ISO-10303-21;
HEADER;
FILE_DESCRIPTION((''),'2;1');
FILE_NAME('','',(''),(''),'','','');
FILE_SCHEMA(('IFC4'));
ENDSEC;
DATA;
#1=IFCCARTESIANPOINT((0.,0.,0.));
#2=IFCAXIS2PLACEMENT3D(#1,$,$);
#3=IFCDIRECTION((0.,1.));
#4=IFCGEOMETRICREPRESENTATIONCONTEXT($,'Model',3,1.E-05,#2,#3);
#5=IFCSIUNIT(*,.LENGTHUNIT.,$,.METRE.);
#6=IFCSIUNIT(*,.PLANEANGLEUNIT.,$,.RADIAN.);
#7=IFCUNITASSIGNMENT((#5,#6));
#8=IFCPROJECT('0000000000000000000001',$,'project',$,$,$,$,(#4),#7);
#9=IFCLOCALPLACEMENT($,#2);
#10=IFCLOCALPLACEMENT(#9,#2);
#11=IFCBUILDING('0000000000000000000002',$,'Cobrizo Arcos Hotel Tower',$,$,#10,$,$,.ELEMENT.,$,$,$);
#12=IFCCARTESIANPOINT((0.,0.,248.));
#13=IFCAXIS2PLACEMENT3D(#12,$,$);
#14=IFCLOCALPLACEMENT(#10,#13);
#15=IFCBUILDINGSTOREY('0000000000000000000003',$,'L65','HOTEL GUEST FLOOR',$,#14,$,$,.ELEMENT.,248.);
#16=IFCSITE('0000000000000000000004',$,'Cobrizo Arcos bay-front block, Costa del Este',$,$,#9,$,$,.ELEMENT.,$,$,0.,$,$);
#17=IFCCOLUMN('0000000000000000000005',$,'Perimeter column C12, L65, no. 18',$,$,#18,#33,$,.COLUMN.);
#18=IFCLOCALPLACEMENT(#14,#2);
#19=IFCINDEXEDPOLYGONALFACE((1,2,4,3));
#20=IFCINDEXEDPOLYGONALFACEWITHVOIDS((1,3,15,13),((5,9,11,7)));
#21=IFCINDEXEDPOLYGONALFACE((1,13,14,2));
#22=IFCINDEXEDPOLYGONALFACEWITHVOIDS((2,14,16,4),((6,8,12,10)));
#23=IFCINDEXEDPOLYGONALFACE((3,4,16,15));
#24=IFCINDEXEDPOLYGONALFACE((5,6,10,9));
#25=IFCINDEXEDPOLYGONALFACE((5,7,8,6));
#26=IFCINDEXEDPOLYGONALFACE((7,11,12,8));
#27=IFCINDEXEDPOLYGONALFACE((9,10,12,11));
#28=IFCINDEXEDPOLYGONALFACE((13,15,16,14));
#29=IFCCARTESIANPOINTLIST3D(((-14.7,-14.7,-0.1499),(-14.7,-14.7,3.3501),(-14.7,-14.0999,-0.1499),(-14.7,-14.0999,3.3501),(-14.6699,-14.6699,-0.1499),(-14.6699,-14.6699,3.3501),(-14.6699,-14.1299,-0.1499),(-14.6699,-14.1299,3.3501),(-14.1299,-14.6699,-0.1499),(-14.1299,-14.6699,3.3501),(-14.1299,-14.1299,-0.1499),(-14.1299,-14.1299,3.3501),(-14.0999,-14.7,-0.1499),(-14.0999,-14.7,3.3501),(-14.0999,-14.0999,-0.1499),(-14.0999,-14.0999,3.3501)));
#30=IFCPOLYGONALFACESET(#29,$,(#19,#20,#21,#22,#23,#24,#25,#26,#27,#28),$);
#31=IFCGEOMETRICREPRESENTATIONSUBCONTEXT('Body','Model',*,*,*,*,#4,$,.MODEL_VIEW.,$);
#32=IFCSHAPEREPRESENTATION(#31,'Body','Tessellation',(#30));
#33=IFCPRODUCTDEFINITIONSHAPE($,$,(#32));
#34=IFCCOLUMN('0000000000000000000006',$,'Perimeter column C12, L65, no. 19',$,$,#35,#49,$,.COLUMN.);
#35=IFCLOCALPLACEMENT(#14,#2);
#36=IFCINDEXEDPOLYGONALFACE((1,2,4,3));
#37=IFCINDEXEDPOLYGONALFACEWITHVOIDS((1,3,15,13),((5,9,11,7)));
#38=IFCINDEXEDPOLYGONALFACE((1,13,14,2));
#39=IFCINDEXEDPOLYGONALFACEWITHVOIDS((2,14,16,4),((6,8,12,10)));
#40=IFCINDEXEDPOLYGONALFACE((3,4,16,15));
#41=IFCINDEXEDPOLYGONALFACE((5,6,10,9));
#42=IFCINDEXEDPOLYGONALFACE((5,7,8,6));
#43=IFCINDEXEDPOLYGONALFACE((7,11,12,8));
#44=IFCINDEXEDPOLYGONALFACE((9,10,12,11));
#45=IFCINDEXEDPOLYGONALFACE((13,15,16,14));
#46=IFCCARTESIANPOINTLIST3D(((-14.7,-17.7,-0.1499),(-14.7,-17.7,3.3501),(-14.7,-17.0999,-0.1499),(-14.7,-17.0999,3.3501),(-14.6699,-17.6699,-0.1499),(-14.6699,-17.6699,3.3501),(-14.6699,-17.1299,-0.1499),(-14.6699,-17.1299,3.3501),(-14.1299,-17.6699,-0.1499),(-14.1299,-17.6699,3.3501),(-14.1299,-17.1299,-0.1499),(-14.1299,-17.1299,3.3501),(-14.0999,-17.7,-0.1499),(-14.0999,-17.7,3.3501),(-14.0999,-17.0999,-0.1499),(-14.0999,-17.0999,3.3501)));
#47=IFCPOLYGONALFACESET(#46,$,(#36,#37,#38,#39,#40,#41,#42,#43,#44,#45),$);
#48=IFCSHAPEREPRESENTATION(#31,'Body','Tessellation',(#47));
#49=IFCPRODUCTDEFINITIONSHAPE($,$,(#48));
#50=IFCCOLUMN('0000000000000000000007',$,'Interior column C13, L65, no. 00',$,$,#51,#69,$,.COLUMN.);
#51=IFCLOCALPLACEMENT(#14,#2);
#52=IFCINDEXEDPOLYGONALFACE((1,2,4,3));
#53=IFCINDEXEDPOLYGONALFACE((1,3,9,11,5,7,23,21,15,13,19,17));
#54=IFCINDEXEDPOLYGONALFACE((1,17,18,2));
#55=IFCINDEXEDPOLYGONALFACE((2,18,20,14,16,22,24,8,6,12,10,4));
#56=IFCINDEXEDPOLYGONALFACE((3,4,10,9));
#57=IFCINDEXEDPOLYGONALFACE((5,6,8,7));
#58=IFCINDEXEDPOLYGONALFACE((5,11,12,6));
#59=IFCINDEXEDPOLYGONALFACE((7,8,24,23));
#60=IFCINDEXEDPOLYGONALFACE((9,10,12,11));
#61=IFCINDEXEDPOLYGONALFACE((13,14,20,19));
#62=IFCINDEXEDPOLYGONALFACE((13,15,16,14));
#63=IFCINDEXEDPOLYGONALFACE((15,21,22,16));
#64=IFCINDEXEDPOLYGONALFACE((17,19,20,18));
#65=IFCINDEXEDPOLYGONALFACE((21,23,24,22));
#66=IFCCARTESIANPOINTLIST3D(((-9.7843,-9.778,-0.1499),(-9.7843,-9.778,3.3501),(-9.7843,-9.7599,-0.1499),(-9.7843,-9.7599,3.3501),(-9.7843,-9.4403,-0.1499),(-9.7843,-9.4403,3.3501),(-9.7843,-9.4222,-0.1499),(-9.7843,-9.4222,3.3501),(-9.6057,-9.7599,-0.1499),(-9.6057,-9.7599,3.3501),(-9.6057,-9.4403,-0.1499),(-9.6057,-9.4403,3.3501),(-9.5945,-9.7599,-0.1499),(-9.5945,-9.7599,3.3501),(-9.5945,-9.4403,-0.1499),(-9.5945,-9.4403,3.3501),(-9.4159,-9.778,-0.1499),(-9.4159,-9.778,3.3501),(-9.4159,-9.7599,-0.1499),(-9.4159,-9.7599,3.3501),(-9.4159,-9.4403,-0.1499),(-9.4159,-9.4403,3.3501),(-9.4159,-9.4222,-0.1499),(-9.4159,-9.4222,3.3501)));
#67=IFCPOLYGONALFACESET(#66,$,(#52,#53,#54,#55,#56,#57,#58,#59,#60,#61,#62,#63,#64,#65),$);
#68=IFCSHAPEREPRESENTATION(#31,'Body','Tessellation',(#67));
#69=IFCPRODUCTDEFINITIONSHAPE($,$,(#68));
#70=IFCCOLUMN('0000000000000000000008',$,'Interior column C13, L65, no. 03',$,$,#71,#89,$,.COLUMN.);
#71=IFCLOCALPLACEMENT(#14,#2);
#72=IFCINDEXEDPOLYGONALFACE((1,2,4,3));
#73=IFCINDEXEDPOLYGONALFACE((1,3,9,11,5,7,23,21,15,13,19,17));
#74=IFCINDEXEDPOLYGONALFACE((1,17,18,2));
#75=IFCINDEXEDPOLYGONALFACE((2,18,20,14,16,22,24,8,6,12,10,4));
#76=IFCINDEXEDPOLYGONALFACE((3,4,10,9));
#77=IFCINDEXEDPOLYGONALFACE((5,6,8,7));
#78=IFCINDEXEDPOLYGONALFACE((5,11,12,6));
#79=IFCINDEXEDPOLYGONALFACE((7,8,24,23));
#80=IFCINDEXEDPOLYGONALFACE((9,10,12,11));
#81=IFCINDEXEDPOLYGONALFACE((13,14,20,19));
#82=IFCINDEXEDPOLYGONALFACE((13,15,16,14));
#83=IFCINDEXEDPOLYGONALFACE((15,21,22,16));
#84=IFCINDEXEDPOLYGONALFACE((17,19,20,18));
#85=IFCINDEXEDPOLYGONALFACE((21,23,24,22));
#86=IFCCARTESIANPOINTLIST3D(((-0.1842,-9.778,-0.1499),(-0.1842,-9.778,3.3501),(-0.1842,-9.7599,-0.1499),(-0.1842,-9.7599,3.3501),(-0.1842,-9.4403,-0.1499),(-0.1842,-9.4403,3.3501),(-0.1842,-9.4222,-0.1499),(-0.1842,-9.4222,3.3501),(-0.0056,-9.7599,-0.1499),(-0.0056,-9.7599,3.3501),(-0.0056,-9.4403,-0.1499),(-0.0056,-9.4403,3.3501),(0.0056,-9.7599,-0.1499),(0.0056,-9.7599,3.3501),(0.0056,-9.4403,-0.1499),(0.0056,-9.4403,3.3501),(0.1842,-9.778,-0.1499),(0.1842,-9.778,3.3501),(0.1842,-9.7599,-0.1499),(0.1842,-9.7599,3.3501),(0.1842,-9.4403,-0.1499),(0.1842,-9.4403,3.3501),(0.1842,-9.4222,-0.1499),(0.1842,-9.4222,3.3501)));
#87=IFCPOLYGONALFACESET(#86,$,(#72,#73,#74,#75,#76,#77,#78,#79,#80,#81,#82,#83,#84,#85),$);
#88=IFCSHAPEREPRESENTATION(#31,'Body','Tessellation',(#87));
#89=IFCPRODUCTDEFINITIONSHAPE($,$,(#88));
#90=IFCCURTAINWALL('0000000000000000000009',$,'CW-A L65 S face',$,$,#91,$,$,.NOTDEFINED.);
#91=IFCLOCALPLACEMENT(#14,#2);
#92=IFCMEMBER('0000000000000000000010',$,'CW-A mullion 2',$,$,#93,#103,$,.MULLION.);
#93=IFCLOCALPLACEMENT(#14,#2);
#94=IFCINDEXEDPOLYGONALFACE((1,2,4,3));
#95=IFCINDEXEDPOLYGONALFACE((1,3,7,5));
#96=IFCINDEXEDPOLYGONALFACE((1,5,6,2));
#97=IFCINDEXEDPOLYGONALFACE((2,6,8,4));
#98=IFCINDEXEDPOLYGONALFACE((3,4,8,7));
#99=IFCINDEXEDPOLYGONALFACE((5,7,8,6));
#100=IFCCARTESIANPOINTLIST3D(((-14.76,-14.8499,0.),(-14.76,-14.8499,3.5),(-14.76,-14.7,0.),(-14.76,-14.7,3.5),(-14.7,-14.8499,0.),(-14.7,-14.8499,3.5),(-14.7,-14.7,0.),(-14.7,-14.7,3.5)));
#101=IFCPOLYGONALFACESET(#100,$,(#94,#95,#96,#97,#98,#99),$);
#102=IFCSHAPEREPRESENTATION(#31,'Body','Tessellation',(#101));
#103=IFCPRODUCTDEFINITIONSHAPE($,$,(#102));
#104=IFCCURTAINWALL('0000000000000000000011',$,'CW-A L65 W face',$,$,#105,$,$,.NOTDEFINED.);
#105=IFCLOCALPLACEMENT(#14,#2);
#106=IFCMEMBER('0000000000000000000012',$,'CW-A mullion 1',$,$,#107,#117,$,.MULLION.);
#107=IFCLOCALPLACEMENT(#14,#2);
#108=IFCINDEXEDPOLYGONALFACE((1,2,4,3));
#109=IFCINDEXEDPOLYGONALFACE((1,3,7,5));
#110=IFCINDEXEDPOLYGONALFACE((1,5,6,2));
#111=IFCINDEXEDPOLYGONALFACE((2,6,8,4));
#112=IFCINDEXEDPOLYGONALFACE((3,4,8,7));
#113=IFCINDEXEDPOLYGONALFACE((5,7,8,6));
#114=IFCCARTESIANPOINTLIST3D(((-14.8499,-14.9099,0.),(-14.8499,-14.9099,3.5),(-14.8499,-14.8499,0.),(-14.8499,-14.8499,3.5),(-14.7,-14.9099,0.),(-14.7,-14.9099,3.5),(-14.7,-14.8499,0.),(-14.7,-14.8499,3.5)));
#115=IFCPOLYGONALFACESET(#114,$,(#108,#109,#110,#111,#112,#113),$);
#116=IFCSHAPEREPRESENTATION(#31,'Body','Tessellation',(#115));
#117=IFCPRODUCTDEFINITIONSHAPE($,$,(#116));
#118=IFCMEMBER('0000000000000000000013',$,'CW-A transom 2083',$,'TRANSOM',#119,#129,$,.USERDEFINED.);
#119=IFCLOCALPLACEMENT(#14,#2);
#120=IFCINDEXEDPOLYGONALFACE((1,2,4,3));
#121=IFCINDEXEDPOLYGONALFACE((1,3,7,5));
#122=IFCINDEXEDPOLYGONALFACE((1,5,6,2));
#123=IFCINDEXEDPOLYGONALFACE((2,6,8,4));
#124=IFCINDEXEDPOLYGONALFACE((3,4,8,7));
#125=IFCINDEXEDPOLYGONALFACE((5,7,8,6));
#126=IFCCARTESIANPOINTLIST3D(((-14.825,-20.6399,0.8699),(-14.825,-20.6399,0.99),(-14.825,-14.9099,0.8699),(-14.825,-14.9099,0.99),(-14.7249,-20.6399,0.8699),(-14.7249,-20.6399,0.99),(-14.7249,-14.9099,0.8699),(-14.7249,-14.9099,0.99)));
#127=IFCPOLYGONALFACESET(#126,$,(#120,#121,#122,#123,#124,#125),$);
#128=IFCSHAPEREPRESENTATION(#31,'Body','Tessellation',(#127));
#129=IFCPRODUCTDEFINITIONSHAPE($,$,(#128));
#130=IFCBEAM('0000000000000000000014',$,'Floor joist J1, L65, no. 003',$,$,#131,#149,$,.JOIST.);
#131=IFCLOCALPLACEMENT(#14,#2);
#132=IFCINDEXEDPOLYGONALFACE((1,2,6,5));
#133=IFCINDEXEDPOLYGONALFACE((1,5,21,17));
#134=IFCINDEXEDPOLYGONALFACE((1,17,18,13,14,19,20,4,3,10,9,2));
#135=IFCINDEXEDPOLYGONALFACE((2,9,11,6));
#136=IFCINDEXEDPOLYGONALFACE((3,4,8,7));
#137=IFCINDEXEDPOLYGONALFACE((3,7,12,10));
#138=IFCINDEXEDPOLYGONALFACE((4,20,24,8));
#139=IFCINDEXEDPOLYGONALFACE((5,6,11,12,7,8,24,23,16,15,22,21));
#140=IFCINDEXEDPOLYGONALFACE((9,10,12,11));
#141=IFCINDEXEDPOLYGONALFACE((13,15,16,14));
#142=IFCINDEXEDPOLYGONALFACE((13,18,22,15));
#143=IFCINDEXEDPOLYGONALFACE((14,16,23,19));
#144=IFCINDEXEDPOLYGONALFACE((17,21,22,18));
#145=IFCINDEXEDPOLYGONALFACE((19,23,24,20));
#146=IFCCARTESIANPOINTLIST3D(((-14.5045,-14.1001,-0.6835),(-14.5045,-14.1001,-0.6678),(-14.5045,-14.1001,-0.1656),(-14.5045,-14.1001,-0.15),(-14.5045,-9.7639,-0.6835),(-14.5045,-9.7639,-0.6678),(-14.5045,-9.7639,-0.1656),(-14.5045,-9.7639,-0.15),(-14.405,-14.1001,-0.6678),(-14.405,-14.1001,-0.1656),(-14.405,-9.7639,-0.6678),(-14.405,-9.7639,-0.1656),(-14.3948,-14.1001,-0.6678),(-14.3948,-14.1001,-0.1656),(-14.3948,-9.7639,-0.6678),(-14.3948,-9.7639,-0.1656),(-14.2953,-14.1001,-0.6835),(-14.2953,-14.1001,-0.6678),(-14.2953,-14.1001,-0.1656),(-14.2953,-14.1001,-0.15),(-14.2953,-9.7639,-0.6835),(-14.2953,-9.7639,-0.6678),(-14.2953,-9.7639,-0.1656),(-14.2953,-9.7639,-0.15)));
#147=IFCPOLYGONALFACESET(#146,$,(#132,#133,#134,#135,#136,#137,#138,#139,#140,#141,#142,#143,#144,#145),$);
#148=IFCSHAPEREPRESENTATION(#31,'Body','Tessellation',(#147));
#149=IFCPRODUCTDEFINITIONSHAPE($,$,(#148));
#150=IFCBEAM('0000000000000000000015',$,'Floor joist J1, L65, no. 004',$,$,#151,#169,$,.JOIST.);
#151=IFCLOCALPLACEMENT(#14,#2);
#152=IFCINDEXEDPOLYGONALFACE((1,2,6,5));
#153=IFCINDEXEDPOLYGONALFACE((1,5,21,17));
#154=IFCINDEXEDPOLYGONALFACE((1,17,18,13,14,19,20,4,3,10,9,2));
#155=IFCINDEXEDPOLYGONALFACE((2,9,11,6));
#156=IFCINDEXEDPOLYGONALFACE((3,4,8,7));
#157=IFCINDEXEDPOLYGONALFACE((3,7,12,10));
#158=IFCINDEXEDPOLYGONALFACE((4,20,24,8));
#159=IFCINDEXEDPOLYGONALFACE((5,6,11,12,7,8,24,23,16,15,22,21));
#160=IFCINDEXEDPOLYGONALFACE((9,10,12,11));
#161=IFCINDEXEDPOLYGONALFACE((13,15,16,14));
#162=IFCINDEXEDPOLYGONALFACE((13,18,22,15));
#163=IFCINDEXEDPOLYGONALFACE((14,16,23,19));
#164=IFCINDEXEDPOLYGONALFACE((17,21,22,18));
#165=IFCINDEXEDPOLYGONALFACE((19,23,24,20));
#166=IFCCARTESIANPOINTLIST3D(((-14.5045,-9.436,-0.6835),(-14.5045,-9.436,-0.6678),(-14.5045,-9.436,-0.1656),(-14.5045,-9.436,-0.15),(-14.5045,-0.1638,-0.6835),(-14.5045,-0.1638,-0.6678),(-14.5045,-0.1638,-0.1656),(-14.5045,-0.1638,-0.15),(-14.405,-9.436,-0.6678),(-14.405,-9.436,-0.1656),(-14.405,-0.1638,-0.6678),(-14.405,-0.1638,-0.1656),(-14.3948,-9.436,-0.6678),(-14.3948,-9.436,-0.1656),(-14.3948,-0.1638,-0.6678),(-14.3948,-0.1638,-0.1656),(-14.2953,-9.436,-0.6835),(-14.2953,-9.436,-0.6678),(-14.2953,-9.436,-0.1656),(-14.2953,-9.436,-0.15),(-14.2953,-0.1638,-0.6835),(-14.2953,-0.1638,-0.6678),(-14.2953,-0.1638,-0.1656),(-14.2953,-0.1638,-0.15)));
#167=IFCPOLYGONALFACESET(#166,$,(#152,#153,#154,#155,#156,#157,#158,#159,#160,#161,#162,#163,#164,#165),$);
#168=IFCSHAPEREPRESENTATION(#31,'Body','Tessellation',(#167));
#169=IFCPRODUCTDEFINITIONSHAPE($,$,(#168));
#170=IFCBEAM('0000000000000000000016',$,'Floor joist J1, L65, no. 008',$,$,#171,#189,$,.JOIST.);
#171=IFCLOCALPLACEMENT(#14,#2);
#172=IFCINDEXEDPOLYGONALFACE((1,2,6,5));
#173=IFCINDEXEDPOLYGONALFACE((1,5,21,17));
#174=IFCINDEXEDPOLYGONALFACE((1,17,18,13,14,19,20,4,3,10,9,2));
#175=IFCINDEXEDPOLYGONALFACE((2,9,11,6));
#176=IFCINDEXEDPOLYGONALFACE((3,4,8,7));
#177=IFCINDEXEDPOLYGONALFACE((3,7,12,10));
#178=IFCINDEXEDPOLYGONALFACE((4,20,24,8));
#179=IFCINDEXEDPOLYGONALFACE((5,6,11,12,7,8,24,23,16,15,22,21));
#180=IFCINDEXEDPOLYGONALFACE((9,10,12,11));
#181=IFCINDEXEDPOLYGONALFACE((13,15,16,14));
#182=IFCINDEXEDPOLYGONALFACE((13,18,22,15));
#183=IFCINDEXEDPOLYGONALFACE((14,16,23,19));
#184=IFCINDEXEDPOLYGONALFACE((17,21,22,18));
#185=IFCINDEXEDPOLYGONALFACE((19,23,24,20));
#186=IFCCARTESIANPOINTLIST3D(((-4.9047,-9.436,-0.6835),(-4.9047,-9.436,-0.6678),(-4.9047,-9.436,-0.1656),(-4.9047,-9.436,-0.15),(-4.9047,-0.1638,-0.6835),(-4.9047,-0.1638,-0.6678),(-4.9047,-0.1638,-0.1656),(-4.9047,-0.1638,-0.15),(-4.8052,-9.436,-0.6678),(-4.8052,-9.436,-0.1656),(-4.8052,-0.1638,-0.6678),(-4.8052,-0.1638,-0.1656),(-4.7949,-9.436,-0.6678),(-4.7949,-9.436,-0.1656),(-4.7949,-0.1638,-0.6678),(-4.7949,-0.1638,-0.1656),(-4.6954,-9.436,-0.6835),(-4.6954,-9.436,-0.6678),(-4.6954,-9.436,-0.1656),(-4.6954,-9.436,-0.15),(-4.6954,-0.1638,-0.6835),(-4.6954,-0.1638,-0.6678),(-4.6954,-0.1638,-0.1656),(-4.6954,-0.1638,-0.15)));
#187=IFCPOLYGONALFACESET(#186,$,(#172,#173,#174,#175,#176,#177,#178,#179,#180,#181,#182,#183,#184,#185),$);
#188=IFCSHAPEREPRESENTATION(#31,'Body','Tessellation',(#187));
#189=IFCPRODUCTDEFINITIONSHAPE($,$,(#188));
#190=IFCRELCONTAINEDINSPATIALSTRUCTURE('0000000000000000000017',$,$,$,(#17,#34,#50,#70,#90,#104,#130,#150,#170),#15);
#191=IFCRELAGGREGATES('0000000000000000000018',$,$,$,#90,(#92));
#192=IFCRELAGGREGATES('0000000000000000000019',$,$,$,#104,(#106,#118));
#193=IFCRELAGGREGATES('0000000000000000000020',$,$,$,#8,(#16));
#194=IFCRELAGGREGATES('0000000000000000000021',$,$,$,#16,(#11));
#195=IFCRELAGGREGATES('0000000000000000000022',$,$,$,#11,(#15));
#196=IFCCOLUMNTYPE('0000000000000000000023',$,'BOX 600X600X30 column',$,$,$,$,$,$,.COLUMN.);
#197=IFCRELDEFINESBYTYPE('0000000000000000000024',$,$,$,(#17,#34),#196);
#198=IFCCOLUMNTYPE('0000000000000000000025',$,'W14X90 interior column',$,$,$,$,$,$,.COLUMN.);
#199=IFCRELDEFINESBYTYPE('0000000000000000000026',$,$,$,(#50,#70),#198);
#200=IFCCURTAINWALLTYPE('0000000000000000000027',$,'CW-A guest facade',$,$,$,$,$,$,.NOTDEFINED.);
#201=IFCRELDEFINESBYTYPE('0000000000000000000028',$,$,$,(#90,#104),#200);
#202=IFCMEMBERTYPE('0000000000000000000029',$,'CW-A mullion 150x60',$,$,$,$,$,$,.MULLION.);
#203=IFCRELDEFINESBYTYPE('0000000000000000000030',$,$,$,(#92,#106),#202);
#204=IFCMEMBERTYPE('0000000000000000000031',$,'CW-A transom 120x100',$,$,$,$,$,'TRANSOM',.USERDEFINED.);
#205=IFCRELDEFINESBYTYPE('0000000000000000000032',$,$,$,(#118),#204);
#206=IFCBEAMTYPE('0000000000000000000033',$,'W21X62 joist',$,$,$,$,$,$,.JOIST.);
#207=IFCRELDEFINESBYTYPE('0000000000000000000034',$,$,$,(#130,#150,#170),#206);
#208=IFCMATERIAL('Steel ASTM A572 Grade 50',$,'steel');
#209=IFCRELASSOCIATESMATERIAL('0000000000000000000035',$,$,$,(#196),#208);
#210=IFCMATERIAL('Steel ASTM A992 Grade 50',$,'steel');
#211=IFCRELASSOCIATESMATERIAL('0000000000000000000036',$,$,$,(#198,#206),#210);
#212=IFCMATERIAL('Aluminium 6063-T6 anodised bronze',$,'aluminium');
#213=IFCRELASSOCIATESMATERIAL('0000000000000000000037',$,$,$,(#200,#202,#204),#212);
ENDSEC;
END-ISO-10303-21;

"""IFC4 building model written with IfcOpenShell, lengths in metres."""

from ifc_helpers import new_model, si_unit, direction, frame, origin, origin_2d, place, context, subcontext, project, spatial, rectangle, hollow_rectangle, i_section, extrude, material, material_profile, profile_set, type_object, element, aggregate, save


model = new_model("IFC4")

# Units and contexts
model_context = context("Model", 3, precision=1e-05, world=origin(), true_north=direction((0.0, 1.0)))
body_context = subcontext(model_context, "Body", "Model", "MODEL_VIEW")
ifc_project = project(units=[si_unit("LENGTHUNIT", "METRE"), si_unit("PLANEANGLEUNIT", "RADIAN")], contexts=[model_context])

# Site, building, storey
site_placement = place(None, origin())
site = spatial("IfcSite", under=ifc_project, at=site_placement, Name="Cobrizo Arcos bay-front block, Costa del Este", CompositionType="ELEMENT", RefElevation=0.0)
building_placement = place(site_placement, origin())
building = spatial("IfcBuilding", under=site, at=building_placement, Name="Cobrizo Arcos Hotel Tower", CompositionType="ELEMENT")
storey_placement = place(building_placement, frame((0.0, 0.0, 248.0)))
storey = spatial("IfcBuildingStorey", under=building, at=storey_placement, Name="L65", Description="HOTEL GUEST FLOOR", CompositionType="ELEMENT", Elevation=248.0)

# Columns
ifc_material_1 = material(Name="Steel ASTM A572 Grade 50", Category="steel")
ifc_material_profile_1 = material_profile(ifc_material_1, hollow_rectangle(XDim=0.6001, YDim=0.6001, WallThickness=0.03, at=origin_2d()), Name="BOX 600X600X30")
ifc_profile_set_1 = profile_set([ifc_material_profile_1], Name="Steel ASTM A572 Grade 50")
column_type_1 = type_object("IfcColumnType", Name="BOX 600X600X30 column", PredefinedType="COLUMN", material=ifc_profile_set_1)
for number, where, z_axis, x_axis, name in (
    (1, (-14.3999, -14.3999, -0.1499), (0.0, 0.0, 1.0), (1.0, 0.0, 0.0), "Perimeter column C12, L65, no. 18"),
    (2, (-14.3999, -17.3999, -0.1499), (0.0, 0.0, 1.0), (1.0, 0.0, 0.0), "Perimeter column C12, L65, no. 19"),
):
    element("IfcColumn", number, at=place(storey_placement, frame(where, z_axis=z_axis, x_axis=x_axis)), inside=storey, type_object=column_type_1, Name=name, PredefinedType="COLUMN", context=body_context, shape_type="SweptSolid", body=[
        extrude(hollow_rectangle(XDim=0.6001, YDim=0.6001, WallThickness=0.03, at=origin_2d()), origin(), (0.0, 0.0, 1.0), 3.5),
    ])
ifc_material_2 = material(Name="Steel ASTM A992 Grade 50", Category="steel")
ifc_material_profile_2 = material_profile(ifc_material_2, i_section(OverallWidth=0.3684, OverallDepth=0.3557, WebThickness=0.0112, FlangeThickness=0.0181, at=origin_2d()), Name="W14X90")
ifc_profile_set_2 = profile_set([ifc_material_profile_2], Name="Steel ASTM A992 Grade 50")
column_type_2 = type_object("IfcColumnType", Name="W14X90 interior column", PredefinedType="COLUMN", material=ifc_profile_set_2)
for number, where, z_axis, x_axis, name in (
    (3, (-9.6001, -9.6001, -0.1499), (0.0, 0.0, 1.0), (1.0, 0.0, 0.0), "Interior column C13, L65, no. 00"),
    (4, (0.0, -9.6001, -0.1499), (0.0, 0.0, 1.0), (1.0, 0.0, 0.0), "Interior column C13, L65, no. 03"),
):
    element("IfcColumn", number, at=place(storey_placement, frame(where, z_axis=z_axis, x_axis=x_axis)), inside=storey, type_object=column_type_2, Name=name, PredefinedType="COLUMN", context=body_context, shape_type="SweptSolid", body=[
        extrude(i_section(OverallWidth=0.3684, OverallDepth=0.3557, WebThickness=0.0112, FlangeThickness=0.0181, at=origin_2d()), origin(), (0.0, 0.0, 1.0), 3.5),
    ])

# Curtain wall, member
ifc_material_3 = material(Name="Aluminium 6063-T6 anodised bronze", Category="aluminium")
curtain_wall_type = type_object("IfcCurtainWallType", Name="CW-A guest facade", PredefinedType="NOTDEFINED", material=ifc_material_3)
curtain_wall_1_placement = place(storey_placement, origin())
curtain_wall_1 = element("IfcCurtainWall", 5, at=curtain_wall_1_placement, inside=storey, type_object=curtain_wall_type, Name="CW-A L65 S face", PredefinedType="NOTDEFINED")
ifc_material_profile_3 = material_profile(ifc_material_3, rectangle(XDim=0.1499, YDim=0.0601, at=origin_2d()), Name="CW-A mullion 150x60")
ifc_profile_set_3 = profile_set([ifc_material_profile_3], Name="Aluminium 6063-T6 anodised bronze")
member_type_1 = type_object("IfcMemberType", Name="CW-A mullion 150x60", PredefinedType="MULLION", material=ifc_profile_set_3)
member_1_placement = place(storey_placement, frame((-14.73, -14.7749, 0.0), z_axis=(0.0, 0.0, 1.0), x_axis=(0.0, -1.0, 0.0)))
member_1 = element("IfcMember", 6, at=member_1_placement, type_object=member_type_1, Name="CW-A mullion 2", PredefinedType="MULLION", context=body_context, shape_type="SweptSolid", body=[
    extrude(rectangle(XDim=0.1499, YDim=0.0601, at=origin_2d()), origin(), (0.0, 0.0, 1.0), 3.5),
])
aggregate(curtain_wall_1, [member_1])

# Curtain wall, members
curtain_wall_2_placement = place(storey_placement, origin())
curtain_wall_2 = element("IfcCurtainWall", 7, at=curtain_wall_2_placement, inside=storey, type_object=curtain_wall_type, Name="CW-A L65 W face", PredefinedType="NOTDEFINED")
member_2_placement = place(storey_placement, frame((-14.7749, -14.8799, 0.0), z_axis=(0.0, 0.0, 1.0), x_axis=(-1.0, 0.0, 0.0)))
member_2 = element("IfcMember", 8, at=member_2_placement, type_object=member_type_1, Name="CW-A mullion 1", PredefinedType="MULLION", context=body_context, shape_type="SweptSolid", body=[
    extrude(rectangle(XDim=0.1499, YDim=0.0601, at=origin_2d()), origin(), (0.0, 0.0, 1.0), 3.5),
])
ifc_material_profile_4 = material_profile(ifc_material_3, rectangle(XDim=0.1001, YDim=0.1201, at=origin_2d()), Name="CW-A transom 120x100")
ifc_profile_set_4 = profile_set([ifc_material_profile_4], Name="Aluminium 6063-T6 anodised bronze")
member_type_2 = type_object("IfcMemberType", Name="CW-A transom 120x100", ElementType="TRANSOM", PredefinedType="USERDEFINED", material=ifc_profile_set_4)
member_3_placement = place(storey_placement, frame((-14.7749, -14.9099, 0.9299), z_axis=(0.0, -1.0, 0.0), x_axis=(1.0, 0.0, 0.0)))
member_3 = element("IfcMember", 9, at=member_3_placement, type_object=member_type_2, Name="CW-A transom 2083", ObjectType="TRANSOM", PredefinedType="USERDEFINED", context=body_context, shape_type="SweptSolid", body=[
    extrude(rectangle(XDim=0.1001, YDim=0.1201, at=origin_2d()), origin(), (0.0, 0.0, 1.0), 5.73),
])
aggregate(curtain_wall_2, [member_2, member_3])

# Beams
ifc_material_profile_5 = material_profile(ifc_material_2, i_section(OverallWidth=0.2092, OverallDepth=0.5334, WebThickness=0.0103, FlangeThickness=0.0156, at=origin_2d()), Name="W21X62")
ifc_profile_set_5 = profile_set([ifc_material_profile_5], Name="Steel ASTM A992 Grade 50")
beam_type_1 = type_object("IfcBeamType", Name="W21X62 joist", PredefinedType="JOIST", material=ifc_profile_set_5)
beam_1_placement = place(storey_placement, frame((-14.3999, -14.1001, -0.4167), z_axis=(0.0, 1.0, 0.0), x_axis=(-1.0, 0.0, 0.0)))
element("IfcBeam", 10, at=beam_1_placement, inside=storey, type_object=beam_type_1, Name="Floor joist J1, L65, no. 003", PredefinedType="JOIST", context=body_context, shape_type="SweptSolid", body=[
    extrude(i_section(OverallWidth=0.2092, OverallDepth=0.5334, WebThickness=0.0103, FlangeThickness=0.0156, at=origin_2d()), origin(), (0.0, 0.0, 1.0), 4.3362),
])
for number, where, z_axis, x_axis, name in (
    (11, (-14.3999, -9.436, -0.4167), (0.0, 1.0, 0.0), (-1.0, 0.0, 0.0), "Floor joist J1, L65, no. 004"),
    (12, (-4.8, -9.436, -0.4167), (0.0, 1.0, 0.0), (-1.0, 0.0, 0.0), "Floor joist J1, L65, no. 008"),
):
    element("IfcBeam", number, at=place(storey_placement, frame(where, z_axis=z_axis, x_axis=x_axis)), inside=storey, type_object=beam_type_1, Name=name, PredefinedType="JOIST", context=body_context, shape_type="SweptSolid", body=[
        extrude(i_section(OverallWidth=0.2092, OverallDepth=0.5334, WebThickness=0.0103, FlangeThickness=0.0156, at=origin_2d()), origin(), (0.0, 0.0, 1.0), 9.2722),
    ])

save(model, "model.ifc")
